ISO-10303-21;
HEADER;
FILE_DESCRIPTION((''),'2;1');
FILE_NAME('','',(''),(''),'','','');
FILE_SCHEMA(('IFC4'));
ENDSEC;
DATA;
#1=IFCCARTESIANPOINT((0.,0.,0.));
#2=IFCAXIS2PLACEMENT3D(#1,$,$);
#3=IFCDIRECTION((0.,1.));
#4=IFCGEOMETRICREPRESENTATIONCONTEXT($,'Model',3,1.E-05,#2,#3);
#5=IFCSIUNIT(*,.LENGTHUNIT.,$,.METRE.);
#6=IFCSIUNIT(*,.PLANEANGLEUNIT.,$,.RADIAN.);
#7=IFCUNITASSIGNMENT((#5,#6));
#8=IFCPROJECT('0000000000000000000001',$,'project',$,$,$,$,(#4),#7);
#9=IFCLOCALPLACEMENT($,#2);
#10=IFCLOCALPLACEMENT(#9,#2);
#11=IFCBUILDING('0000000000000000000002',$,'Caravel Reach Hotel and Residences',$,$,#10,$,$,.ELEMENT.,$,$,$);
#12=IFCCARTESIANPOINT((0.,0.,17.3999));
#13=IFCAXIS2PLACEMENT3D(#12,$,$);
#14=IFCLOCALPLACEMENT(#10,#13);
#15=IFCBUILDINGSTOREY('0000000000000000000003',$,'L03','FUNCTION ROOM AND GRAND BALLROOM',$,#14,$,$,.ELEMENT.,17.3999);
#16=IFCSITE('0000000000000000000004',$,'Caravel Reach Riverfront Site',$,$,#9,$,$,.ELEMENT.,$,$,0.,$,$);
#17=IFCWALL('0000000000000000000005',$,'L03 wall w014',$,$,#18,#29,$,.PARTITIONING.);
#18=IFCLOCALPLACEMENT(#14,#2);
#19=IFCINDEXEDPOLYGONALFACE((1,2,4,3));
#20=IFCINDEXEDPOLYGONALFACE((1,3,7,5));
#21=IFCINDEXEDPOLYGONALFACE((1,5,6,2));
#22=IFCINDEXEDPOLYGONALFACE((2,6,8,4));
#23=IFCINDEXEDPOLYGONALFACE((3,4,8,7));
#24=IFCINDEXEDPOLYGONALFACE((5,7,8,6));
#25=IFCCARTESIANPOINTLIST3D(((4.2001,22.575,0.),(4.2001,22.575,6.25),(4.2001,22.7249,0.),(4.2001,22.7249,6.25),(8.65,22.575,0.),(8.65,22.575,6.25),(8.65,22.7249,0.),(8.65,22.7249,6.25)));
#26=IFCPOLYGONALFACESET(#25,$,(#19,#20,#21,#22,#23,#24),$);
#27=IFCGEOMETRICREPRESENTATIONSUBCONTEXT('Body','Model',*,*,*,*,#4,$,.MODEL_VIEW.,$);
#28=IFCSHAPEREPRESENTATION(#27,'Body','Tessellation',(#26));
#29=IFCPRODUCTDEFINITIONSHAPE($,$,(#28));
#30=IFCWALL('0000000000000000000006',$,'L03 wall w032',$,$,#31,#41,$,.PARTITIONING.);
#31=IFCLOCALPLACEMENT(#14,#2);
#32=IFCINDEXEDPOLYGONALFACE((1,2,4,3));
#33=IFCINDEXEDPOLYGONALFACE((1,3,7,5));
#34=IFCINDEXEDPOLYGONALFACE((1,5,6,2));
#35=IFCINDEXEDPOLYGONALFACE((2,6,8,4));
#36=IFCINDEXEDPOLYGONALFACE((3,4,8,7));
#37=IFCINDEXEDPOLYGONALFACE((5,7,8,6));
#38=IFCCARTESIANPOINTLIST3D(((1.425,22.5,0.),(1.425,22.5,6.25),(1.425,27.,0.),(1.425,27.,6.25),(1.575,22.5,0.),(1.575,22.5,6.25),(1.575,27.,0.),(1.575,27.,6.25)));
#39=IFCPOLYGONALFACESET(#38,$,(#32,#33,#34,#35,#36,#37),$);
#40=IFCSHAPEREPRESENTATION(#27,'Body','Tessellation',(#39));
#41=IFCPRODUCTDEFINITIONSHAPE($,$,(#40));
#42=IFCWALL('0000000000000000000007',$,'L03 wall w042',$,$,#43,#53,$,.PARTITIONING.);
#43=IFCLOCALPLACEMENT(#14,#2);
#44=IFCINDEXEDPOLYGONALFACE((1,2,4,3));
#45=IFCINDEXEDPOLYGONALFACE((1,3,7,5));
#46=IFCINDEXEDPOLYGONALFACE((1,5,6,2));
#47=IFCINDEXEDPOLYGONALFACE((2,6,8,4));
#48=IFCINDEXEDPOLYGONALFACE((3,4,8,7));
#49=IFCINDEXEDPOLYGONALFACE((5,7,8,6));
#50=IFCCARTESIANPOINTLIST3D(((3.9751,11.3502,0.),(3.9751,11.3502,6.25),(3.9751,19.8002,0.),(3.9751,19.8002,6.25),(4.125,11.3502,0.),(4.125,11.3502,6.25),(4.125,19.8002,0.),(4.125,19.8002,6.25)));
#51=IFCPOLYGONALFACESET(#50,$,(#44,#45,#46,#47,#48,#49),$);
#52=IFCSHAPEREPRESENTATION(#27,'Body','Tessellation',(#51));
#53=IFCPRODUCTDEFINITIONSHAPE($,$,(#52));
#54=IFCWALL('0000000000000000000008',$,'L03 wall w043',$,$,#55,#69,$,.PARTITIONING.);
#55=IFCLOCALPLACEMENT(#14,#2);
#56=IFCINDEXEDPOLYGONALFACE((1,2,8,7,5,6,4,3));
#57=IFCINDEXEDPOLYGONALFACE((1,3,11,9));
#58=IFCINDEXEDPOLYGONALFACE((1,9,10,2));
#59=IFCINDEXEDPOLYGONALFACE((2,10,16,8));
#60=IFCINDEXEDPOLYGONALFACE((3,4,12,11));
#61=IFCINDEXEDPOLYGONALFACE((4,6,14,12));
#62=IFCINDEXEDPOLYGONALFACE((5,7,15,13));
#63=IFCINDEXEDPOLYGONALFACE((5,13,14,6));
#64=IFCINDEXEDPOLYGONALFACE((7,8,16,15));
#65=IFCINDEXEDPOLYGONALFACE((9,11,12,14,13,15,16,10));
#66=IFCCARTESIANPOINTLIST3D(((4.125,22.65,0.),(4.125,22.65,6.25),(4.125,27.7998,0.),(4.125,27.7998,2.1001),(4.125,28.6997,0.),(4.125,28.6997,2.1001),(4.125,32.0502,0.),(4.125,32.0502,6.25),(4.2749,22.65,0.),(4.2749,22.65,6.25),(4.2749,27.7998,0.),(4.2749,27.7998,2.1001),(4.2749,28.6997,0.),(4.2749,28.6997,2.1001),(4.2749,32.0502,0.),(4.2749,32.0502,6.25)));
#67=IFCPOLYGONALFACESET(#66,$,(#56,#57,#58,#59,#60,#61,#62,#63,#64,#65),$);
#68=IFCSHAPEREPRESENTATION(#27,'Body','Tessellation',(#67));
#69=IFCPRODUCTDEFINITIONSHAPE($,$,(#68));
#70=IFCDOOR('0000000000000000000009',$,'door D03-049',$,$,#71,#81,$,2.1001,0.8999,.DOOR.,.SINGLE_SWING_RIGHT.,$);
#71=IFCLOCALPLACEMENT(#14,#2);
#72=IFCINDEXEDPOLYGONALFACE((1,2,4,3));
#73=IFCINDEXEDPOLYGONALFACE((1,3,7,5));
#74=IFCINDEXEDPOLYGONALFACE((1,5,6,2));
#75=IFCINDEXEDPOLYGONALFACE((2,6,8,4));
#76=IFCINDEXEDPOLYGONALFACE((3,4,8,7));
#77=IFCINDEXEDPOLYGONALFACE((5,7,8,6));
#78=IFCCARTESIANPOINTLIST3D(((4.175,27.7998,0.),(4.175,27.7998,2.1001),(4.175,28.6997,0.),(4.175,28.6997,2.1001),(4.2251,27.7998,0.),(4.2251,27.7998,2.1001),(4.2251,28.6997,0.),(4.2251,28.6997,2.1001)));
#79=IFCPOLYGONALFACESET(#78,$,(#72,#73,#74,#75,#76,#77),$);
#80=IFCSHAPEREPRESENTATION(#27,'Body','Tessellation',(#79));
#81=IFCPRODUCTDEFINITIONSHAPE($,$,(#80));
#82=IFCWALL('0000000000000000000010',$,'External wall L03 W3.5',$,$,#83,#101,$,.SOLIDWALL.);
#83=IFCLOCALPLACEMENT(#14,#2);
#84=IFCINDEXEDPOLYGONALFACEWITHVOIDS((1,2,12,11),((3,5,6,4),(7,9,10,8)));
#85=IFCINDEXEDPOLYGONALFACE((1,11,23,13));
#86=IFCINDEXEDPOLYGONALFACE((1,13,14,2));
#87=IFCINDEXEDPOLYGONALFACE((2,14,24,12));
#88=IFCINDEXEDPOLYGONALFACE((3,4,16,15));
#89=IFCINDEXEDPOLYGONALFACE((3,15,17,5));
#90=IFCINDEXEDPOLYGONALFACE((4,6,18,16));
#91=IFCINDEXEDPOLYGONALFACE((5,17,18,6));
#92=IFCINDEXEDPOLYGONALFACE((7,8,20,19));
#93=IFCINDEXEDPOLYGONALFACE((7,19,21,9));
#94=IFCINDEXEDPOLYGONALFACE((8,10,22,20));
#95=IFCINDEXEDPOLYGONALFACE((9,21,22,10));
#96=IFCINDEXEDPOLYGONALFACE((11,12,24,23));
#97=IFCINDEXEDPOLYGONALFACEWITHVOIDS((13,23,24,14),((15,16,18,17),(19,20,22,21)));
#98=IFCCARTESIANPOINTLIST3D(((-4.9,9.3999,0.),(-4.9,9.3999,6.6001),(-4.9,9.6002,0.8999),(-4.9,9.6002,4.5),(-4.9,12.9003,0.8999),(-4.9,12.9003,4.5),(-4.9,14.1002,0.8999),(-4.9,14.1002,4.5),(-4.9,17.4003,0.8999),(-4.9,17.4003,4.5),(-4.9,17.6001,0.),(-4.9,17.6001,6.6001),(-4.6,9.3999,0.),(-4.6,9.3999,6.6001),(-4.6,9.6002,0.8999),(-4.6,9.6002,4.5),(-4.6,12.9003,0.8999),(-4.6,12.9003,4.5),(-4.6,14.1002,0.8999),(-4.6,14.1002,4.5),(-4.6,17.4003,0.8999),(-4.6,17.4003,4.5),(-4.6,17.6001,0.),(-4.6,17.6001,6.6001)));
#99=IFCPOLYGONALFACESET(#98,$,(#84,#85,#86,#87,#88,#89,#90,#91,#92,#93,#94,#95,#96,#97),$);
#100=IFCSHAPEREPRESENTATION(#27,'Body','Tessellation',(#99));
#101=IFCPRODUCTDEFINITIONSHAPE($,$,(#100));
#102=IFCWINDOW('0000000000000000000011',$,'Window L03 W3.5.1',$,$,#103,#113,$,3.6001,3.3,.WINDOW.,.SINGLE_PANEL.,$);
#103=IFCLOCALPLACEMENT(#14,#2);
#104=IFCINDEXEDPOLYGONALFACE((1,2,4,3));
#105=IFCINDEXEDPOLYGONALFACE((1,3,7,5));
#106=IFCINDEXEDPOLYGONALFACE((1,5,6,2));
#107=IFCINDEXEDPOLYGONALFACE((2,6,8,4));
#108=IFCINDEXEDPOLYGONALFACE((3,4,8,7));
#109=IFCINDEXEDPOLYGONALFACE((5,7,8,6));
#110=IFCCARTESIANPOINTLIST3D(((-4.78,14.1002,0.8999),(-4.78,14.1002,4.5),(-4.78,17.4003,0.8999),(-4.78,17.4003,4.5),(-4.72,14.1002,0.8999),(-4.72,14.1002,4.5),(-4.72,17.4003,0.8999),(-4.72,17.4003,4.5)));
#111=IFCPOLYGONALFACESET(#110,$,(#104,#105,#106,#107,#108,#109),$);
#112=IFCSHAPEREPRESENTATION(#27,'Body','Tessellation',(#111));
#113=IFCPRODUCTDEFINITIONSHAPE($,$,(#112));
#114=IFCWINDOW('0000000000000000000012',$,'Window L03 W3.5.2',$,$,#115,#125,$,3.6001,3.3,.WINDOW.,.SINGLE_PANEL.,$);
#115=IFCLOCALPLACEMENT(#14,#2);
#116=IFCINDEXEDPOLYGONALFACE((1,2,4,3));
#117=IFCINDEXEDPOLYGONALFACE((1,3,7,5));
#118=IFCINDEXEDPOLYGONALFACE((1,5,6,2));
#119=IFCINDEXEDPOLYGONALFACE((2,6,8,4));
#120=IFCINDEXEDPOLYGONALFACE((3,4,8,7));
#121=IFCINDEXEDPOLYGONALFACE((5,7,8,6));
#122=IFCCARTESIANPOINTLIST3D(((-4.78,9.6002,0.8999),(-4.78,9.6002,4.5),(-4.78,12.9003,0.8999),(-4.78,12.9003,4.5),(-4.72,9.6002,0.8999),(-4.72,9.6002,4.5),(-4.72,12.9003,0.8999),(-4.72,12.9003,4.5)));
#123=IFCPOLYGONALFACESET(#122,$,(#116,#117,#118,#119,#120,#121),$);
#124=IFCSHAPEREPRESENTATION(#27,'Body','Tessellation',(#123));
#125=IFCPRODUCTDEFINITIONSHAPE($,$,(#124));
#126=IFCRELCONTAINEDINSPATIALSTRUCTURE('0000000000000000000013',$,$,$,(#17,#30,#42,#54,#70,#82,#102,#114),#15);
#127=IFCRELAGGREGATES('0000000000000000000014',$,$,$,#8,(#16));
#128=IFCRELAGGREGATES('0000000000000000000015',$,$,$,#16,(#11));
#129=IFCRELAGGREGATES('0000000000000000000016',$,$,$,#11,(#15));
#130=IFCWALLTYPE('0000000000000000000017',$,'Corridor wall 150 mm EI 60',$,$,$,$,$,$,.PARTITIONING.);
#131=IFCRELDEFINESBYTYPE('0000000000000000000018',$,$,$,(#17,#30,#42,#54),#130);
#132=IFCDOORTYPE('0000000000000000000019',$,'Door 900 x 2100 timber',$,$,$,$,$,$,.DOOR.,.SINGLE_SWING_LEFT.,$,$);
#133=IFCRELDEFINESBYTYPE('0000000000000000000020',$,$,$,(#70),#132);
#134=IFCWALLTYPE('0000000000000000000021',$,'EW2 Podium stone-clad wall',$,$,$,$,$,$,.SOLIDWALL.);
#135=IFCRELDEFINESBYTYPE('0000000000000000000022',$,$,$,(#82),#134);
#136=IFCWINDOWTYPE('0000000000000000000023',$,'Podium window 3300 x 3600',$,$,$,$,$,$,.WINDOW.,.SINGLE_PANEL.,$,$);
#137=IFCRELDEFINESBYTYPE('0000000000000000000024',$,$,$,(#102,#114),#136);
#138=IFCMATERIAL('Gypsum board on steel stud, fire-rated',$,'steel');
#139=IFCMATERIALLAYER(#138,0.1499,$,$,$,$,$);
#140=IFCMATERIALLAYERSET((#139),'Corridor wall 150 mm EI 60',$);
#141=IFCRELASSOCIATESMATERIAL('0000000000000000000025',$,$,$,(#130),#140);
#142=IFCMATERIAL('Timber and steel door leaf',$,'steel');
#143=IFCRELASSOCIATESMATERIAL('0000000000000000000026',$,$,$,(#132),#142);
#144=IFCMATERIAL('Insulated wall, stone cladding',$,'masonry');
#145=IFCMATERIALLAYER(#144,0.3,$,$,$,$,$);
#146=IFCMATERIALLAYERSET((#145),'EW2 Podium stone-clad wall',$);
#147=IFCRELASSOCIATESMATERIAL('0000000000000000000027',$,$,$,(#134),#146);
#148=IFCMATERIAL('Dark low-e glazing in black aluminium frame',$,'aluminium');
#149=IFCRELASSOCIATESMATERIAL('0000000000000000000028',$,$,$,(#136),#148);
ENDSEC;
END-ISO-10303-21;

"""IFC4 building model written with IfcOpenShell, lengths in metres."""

from ifc_helpers import new_model, si_unit, direction, frame, frame_2d, origin, place, context, subcontext, project, spatial, rectangle, extrude, material, layer, layer_set, type_object, element, fill, save


model = new_model("IFC4")

# Units and contexts
model_context = context("Model", 3, precision=1e-05, world=origin(), true_north=direction((0.0, 1.0)))
body_context = subcontext(model_context, "Body", "Model", "MODEL_VIEW")
ifc_project = project(units=[si_unit("LENGTHUNIT", "METRE"), si_unit("PLANEANGLEUNIT", "RADIAN")], contexts=[model_context])

# Site, building, storey
site_placement = place(None, origin())
site = spatial("IfcSite", under=ifc_project, at=site_placement, Name="Caravel Reach Riverfront Site", CompositionType="ELEMENT", RefElevation=0.0)
building_placement = place(site_placement, origin())
building = spatial("IfcBuilding", under=site, at=building_placement, Name="Caravel Reach Hotel and Residences", CompositionType="ELEMENT")
storey_placement = place(building_placement, frame((0.0, 0.0, 17.3999)))
storey = spatial("IfcBuildingStorey", under=building, at=storey_placement, Name="L03", Description="FUNCTION ROOM AND GRAND BALLROOM", CompositionType="ELEMENT", Elevation=17.3999)

# Shared definitions
ifc_material_1 = material(Name="Gypsum board on steel stud, fire-rated", Category="steel")
ifc_layer_1 = layer(ifc_material_1, 0.1499)
ifc_layer_set_1 = layer_set([ifc_layer_1], Name="Corridor wall 150 mm EI 60")
wall_type_1 = type_object("IfcWallType", Name="Corridor wall 150 mm EI 60", PredefinedType="PARTITIONING", material=ifc_layer_set_1)

# Shared definitions
ifc_material_2 = material(Name="Timber and steel door leaf", Category="steel")
door_type_1 = type_object("IfcDoorType", Name="Door 900 x 2100 timber", OperationType="SINGLE_SWING_LEFT", PredefinedType="DOOR", material=ifc_material_2)

# Walls
wall_1_placement = place(storey_placement, frame((4.2, 22.6499, 0.0), z_axis=(0.0, 0.0, 1.0), x_axis=(1.0, 0.0, 0.0)))
element("IfcWall", 1, at=wall_1_placement, inside=storey, type_object=wall_type_1, Name="L03 wall w014", PredefinedType="PARTITIONING", context=body_context, shape_type="SweptSolid", body=[
    extrude(rectangle(XDim=4.45, YDim=0.1499, at=frame_2d((2.2251, 0.0))), origin(), (0.0, 0.0, 1.0), 6.25),
])
wall_2_placement = place(storey_placement, frame((1.5, 22.5, 0.0), z_axis=(0.0, 0.0, 1.0), x_axis=(0.0, 1.0, 0.0)))
element("IfcWall", 2, at=wall_2_placement, inside=storey, type_object=wall_type_1, Name="L03 wall w032", PredefinedType="PARTITIONING", context=body_context, shape_type="SweptSolid", body=[
    extrude(rectangle(XDim=4.5, YDim=0.1499, at=frame_2d((2.25, 0.0))), origin(), (0.0, 0.0, 1.0), 6.25),
])
wall_3_placement = place(storey_placement, frame((4.05, 11.3501, 0.0), z_axis=(0.0, 0.0, 1.0), x_axis=(0.0, 1.0, 0.0)))
element("IfcWall", 3, at=wall_3_placement, inside=storey, type_object=wall_type_1, Name="L03 wall w042", PredefinedType="PARTITIONING", context=body_context, shape_type="SweptSolid", body=[
    extrude(rectangle(XDim=8.45, YDim=0.1499, at=frame_2d((4.2251, 0.0))), origin(), (0.0, 0.0, 1.0), 6.25),
])

# Wall, opening, door
wall_4_placement = place(storey_placement, frame((4.2, 22.6499, 0.0), z_axis=(0.0, 0.0, 1.0), x_axis=(0.0, 1.0, 0.0)))
wall_4 = element("IfcWall", 4, at=wall_4_placement, inside=storey, type_object=wall_type_1, Name="L03 wall w043", PredefinedType="PARTITIONING", context=body_context, shape_type="SweptSolid", body=[
    extrude(rectangle(XDim=9.4001, YDim=0.1499, at=frame_2d((4.7002, 0.0))), origin(), (0.0, 0.0, 1.0), 6.25),
])
opening_1_placement = place(wall_4_placement, frame((5.1499, 0.0, 0.0)))
opening_1 = element("IfcOpeningElement", 5, at=opening_1_placement, cuts=wall_4, PredefinedType="OPENING", context=body_context, shape_type="SweptSolid", body=[
    extrude(rectangle(XDim=0.8999, YDim=2.1001, at=frame_2d((0.45, 1.05))), frame((0.0, 0.085, 0.0), z_axis=(0.0, -1.0, 0.0), x_axis=(1.0, 0.0, 0.0)), (0.0, 0.0, 1.0), 0.1699),
])
door_1_placement = place(opening_1_placement, origin())
door_1 = element("IfcDoor", 6, at=door_1_placement, inside=storey, type_object=door_type_1, Name="door D03-049", OperationType="SINGLE_SWING_RIGHT", OverallHeight=2.1001, OverallWidth=0.8999, PredefinedType="DOOR", context=body_context, shape_type="SweptSolid", body=[
    extrude(rectangle(XDim=0.8999, YDim=2.1001, at=frame_2d((0.45, 1.05))), frame((0.0, 0.0249, 0.0), z_axis=(0.0, -1.0, 0.0), x_axis=(1.0, 0.0, 0.0)), (0.0, 0.0, 1.0), 0.05),
])
fill(opening_1, door_1)

# Wall, openings, windows
ifc_material_3 = material(Name="Insulated wall, stone cladding", Category="masonry")
ifc_layer_2 = layer(ifc_material_3, 0.3)
ifc_layer_set_2 = layer_set([ifc_layer_2], Name="EW2 Podium stone-clad wall")
wall_type_2 = type_object("IfcWallType", Name="EW2 Podium stone-clad wall", PredefinedType="SOLIDWALL", material=ifc_layer_set_2)
wall_5_placement = place(storey_placement, frame((-4.75, 17.6001, 0.0), z_axis=(0.0, 0.0, 1.0), x_axis=(0.0, -1.0, 0.0)))
wall_5 = element("IfcWall", 7, at=wall_5_placement, inside=storey, type_object=wall_type_2, Name="External wall L03 W3.5", PredefinedType="SOLIDWALL", context=body_context, shape_type="SweptSolid", body=[
    extrude(rectangle(XDim=8.2002, YDim=0.3, at=frame_2d((4.1001, 0.0))), origin(), (0.0, 0.0, 1.0), 6.6001),
])
opening_2_placement = place(wall_5_placement, frame((0.2, 0.0, 0.8999)))
opening_2 = element("IfcOpeningElement", 8, at=opening_2_placement, cuts=wall_5, PredefinedType="OPENING", context=body_context, shape_type="SweptSolid", body=[
    extrude(rectangle(XDim=3.3, YDim=3.6001, at=frame_2d((1.6499, 1.8))), frame((0.0, 0.1599, 0.0), z_axis=(0.0, -1.0, 0.0), x_axis=(1.0, 0.0, 0.0)), (0.0, 0.0, 1.0), 0.3201),
])
opening_3_placement = place(wall_5_placement, frame((4.7, 0.0, 0.8999)))
opening_3 = element("IfcOpeningElement", 9, at=opening_3_placement, cuts=wall_5, PredefinedType="OPENING", context=body_context, shape_type="SweptSolid", body=[
    extrude(rectangle(XDim=3.3, YDim=3.6001, at=frame_2d((1.6499, 1.8))), frame((0.0, 0.1599, 0.0), z_axis=(0.0, -1.0, 0.0), x_axis=(1.0, 0.0, 0.0)), (0.0, 0.0, 1.0), 0.3201),
])
ifc_material_4 = material(Name="Dark low-e glazing in black aluminium frame", Category="aluminium")
window_type = type_object("IfcWindowType", Name="Podium window 3300 x 3600", PartitioningType="SINGLE_PANEL", PredefinedType="WINDOW", material=ifc_material_4)
window_1_placement = place(opening_2_placement, origin())
window_1 = element("IfcWindow", 10, at=window_1_placement, inside=storey, type_object=window_type, Name="Window L03 W3.5.1", OverallHeight=3.6001, OverallWidth=3.3, PartitioningType="SINGLE_PANEL", PredefinedType="WINDOW", context=body_context, shape_type="SweptSolid", body=[
    extrude(rectangle(XDim=3.3, YDim=3.6001, at=frame_2d((1.6499, 1.8))), frame((0.0, 0.03, 0.0), z_axis=(0.0, -1.0, 0.0), x_axis=(1.0, 0.0, 0.0)), (0.0, 0.0, 1.0), 0.0601),
])
fill(opening_2, window_1)
window_2_placement = place(opening_3_placement, origin())
window_2 = element("IfcWindow", 11, at=window_2_placement, inside=storey, type_object=window_type, Name="Window L03 W3.5.2", OverallHeight=3.6001, OverallWidth=3.3, PartitioningType="SINGLE_PANEL", PredefinedType="WINDOW", context=body_context, shape_type="SweptSolid", body=[
    extrude(rectangle(XDim=3.3, YDim=3.6001, at=frame_2d((1.6499, 1.8))), frame((0.0, 0.03, 0.0), z_axis=(0.0, -1.0, 0.0), x_axis=(1.0, 0.0, 0.0)), (0.0, 0.0, 1.0), 0.0601),
])
fill(opening_3, window_2)

save(model, "model.ifc")
